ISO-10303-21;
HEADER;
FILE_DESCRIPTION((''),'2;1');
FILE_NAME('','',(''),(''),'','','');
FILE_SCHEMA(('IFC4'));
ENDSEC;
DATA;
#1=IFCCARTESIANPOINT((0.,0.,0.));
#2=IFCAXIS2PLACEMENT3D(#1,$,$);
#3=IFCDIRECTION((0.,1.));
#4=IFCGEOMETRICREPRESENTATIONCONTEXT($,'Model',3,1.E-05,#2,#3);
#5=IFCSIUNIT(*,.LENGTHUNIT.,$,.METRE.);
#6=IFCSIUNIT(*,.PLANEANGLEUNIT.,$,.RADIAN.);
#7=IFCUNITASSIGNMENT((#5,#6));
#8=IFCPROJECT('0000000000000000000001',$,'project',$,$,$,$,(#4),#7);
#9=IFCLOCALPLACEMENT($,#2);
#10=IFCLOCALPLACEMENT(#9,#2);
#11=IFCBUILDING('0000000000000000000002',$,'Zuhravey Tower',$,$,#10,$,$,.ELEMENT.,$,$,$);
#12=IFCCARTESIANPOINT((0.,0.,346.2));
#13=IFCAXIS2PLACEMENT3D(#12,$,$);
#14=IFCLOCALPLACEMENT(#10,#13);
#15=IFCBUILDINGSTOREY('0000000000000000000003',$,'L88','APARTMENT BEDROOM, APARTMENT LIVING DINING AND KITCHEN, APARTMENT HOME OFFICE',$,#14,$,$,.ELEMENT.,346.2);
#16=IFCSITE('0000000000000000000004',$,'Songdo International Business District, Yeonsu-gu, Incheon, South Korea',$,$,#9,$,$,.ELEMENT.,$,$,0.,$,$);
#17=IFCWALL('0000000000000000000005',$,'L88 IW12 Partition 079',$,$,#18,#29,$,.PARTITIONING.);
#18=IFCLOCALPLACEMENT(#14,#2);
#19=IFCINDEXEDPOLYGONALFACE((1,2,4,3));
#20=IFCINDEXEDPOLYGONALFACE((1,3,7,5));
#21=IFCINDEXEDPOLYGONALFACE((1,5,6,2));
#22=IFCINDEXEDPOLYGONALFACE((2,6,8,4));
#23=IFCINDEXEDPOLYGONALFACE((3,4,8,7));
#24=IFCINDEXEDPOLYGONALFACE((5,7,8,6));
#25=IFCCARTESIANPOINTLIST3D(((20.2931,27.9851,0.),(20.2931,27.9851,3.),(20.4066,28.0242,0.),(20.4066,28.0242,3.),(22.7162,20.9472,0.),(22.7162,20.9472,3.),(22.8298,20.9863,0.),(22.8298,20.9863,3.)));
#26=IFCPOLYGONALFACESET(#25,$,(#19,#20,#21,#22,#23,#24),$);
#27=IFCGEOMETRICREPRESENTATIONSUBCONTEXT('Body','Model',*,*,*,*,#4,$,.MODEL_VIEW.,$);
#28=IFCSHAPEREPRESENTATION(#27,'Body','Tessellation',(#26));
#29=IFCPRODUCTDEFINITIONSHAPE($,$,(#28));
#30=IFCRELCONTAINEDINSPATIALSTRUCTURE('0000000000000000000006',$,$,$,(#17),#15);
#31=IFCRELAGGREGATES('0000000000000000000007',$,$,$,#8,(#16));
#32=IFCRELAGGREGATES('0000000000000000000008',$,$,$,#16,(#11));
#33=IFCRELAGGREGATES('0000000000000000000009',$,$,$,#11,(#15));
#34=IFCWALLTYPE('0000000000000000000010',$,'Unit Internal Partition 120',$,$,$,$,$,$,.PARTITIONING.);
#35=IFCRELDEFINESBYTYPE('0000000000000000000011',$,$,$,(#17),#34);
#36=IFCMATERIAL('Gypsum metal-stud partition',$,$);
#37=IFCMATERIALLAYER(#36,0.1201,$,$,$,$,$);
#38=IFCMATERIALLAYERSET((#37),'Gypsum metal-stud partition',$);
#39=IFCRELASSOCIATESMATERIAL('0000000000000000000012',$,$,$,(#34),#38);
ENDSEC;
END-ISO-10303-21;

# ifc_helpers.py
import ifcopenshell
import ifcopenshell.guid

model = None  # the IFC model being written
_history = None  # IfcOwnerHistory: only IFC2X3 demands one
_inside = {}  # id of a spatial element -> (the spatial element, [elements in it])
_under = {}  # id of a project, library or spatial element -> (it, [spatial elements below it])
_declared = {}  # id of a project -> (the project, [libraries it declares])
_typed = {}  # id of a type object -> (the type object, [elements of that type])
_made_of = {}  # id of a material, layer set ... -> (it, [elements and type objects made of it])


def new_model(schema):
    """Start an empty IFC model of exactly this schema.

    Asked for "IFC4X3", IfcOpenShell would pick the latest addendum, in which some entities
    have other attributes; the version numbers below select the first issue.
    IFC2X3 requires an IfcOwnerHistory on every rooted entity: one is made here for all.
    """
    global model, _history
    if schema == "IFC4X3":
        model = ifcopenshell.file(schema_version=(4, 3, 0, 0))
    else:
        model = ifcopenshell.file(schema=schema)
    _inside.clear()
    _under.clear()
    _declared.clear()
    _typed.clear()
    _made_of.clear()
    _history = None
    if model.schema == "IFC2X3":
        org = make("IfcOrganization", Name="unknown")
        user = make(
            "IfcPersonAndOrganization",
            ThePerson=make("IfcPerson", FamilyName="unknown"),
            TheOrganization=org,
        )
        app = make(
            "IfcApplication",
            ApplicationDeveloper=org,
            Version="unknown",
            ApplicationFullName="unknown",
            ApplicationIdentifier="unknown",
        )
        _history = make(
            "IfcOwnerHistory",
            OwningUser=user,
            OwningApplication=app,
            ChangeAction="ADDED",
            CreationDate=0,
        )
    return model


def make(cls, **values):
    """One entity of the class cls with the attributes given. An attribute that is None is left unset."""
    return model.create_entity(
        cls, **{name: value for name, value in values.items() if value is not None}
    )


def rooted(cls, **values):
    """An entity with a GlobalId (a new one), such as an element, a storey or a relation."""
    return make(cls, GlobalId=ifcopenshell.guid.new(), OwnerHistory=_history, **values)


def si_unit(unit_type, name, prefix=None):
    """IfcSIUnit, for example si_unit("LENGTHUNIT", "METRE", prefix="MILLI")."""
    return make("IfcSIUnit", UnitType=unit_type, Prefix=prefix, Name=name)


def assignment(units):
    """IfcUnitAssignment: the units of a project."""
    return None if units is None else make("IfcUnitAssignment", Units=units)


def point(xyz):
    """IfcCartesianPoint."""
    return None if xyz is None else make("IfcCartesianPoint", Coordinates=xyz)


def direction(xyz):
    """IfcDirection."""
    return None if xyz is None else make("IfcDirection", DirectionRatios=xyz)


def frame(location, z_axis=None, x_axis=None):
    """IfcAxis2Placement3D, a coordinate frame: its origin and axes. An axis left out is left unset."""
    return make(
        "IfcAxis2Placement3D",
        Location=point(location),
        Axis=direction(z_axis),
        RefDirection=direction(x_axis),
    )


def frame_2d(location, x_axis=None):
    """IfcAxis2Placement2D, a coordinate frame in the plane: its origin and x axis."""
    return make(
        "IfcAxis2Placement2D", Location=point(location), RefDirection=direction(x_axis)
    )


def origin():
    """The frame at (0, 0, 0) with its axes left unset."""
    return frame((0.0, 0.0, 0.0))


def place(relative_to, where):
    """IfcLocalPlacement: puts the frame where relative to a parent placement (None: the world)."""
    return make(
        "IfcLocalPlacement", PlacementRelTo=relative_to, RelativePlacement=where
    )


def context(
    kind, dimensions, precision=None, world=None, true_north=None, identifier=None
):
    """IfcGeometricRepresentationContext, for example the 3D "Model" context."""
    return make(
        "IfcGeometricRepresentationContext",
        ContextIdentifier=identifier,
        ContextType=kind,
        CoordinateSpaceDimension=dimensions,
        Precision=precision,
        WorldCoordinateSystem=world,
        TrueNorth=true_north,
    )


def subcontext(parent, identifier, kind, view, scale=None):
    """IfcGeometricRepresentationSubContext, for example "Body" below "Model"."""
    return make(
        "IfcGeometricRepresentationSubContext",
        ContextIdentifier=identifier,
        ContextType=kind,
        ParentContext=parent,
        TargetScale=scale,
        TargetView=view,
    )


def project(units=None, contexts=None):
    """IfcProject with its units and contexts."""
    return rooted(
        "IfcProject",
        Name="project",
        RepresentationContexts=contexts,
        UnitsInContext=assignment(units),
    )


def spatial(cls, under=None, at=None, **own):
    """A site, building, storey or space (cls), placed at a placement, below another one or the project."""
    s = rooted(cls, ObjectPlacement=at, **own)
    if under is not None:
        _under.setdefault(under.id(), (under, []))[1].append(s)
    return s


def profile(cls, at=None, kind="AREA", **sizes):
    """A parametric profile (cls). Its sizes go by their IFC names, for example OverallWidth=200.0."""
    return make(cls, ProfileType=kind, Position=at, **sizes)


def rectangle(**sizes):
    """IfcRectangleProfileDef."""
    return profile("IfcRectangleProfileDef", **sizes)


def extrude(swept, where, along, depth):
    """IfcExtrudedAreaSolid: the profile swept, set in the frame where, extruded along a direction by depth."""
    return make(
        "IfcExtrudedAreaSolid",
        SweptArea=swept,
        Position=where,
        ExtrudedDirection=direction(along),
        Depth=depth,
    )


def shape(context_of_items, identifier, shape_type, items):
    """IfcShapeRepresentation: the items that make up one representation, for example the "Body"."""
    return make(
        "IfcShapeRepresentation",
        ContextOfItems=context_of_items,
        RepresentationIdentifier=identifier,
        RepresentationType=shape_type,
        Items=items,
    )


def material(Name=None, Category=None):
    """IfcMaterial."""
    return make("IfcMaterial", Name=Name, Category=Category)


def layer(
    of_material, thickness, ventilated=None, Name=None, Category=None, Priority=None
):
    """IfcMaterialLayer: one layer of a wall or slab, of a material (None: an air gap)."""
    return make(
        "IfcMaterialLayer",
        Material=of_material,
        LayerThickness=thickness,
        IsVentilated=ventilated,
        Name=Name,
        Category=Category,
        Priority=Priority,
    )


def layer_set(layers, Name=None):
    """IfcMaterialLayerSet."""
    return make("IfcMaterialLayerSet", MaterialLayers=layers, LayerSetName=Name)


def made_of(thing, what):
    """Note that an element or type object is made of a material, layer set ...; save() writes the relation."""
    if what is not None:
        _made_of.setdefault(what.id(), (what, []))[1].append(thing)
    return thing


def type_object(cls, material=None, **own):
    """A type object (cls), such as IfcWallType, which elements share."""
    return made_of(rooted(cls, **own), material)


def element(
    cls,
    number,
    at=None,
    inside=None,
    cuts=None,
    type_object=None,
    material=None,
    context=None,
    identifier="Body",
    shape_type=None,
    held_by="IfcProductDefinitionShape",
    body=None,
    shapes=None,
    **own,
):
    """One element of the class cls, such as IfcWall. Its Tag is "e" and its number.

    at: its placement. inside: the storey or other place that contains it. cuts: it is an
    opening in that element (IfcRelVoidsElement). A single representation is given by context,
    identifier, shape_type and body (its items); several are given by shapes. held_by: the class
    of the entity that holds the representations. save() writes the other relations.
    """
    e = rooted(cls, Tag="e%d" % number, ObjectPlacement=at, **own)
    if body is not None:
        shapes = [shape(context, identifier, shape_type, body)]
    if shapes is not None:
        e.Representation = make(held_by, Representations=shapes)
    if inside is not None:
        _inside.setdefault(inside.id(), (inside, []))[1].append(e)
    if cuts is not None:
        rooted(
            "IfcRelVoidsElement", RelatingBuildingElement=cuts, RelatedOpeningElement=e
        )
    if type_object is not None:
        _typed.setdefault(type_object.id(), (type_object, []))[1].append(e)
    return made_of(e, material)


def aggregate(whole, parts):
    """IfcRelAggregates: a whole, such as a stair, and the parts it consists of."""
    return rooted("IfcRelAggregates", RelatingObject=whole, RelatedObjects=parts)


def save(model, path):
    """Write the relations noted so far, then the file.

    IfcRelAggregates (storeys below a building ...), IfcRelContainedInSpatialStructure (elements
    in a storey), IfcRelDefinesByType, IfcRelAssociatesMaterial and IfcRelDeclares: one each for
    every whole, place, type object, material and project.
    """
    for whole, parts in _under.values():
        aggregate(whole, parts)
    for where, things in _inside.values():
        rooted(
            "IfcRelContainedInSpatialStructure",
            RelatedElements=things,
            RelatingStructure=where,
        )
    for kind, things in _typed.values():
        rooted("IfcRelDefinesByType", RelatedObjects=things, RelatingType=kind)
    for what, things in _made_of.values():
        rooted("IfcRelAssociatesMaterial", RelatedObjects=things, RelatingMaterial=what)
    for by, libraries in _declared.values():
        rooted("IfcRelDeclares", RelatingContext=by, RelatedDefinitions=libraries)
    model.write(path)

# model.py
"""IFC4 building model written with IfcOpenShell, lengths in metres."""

from ifc_helpers import new_model, si_unit, direction, frame, frame_2d, origin, place, context, subcontext, project, spatial, rectangle, extrude, material, layer, layer_set, type_object, element, save


model = new_model("IFC4")

# Units and contexts
model_context = context("Model", 3, precision=1e-05, world=origin(), true_north=direction((0.0, 1.0)))
body_context = subcontext(model_context, "Body", "Model", "MODEL_VIEW")
ifc_project = project(units=[si_unit("LENGTHUNIT", "METRE"), si_unit("PLANEANGLEUNIT", "RADIAN")], contexts=[model_context])

# Site, building, storey
site_placement = place(None, origin())
site = spatial("IfcSite", under=ifc_project, at=site_placement, Name="Songdo International Business District, Yeonsu-gu, Incheon, South Korea", CompositionType="ELEMENT", RefElevation=0.0)
building_placement = place(site_placement, origin())
building = spatial("IfcBuilding", under=site, at=building_placement, Name="Zuhravey Tower", CompositionType="ELEMENT")
storey_placement = place(building_placement, frame((0.0, 0.0, 346.2)))
storey = spatial("IfcBuildingStorey", under=building, at=storey_placement, Name="L88", Description="APARTMENT BEDROOM, APARTMENT LIVING DINING AND KITCHEN, APARTMENT HOME OFFICE", CompositionType="ELEMENT", Elevation=346.2)

# Shared definitions
ifc_material_1 = material(Name="Gypsum metal-stud partition")
ifc_layer_1 = layer(ifc_material_1, 0.1201)
ifc_layer_set_1 = layer_set([ifc_layer_1], Name="Gypsum metal-stud partition")
wall_type_1 = type_object("IfcWallType", Name="Unit Internal Partition 120", PredefinedType="PARTITIONING", material=ifc_layer_set_1)

# Wall
wall_1_placement = place(storey_placement, frame((20.3499, 28.0046, 0.0), z_axis=(0.0, 0.0, 1.0), x_axis=(0.325541, -0.945528, 0.0)))
element("IfcWall", 1, at=wall_1_placement, inside=storey, type_object=wall_type_1, Name="L88 IW12 Partition 079", PredefinedType="PARTITIONING", context=body_context, shape_type="SweptSolid", body=[
    extrude(rectangle(XDim=7.4434, YDim=0.1201, at=frame_2d((3.7217, 0.0))), origin(), (0.0, 0.0, 1.0), 3.0),
])

save(model, "model.ifc")
